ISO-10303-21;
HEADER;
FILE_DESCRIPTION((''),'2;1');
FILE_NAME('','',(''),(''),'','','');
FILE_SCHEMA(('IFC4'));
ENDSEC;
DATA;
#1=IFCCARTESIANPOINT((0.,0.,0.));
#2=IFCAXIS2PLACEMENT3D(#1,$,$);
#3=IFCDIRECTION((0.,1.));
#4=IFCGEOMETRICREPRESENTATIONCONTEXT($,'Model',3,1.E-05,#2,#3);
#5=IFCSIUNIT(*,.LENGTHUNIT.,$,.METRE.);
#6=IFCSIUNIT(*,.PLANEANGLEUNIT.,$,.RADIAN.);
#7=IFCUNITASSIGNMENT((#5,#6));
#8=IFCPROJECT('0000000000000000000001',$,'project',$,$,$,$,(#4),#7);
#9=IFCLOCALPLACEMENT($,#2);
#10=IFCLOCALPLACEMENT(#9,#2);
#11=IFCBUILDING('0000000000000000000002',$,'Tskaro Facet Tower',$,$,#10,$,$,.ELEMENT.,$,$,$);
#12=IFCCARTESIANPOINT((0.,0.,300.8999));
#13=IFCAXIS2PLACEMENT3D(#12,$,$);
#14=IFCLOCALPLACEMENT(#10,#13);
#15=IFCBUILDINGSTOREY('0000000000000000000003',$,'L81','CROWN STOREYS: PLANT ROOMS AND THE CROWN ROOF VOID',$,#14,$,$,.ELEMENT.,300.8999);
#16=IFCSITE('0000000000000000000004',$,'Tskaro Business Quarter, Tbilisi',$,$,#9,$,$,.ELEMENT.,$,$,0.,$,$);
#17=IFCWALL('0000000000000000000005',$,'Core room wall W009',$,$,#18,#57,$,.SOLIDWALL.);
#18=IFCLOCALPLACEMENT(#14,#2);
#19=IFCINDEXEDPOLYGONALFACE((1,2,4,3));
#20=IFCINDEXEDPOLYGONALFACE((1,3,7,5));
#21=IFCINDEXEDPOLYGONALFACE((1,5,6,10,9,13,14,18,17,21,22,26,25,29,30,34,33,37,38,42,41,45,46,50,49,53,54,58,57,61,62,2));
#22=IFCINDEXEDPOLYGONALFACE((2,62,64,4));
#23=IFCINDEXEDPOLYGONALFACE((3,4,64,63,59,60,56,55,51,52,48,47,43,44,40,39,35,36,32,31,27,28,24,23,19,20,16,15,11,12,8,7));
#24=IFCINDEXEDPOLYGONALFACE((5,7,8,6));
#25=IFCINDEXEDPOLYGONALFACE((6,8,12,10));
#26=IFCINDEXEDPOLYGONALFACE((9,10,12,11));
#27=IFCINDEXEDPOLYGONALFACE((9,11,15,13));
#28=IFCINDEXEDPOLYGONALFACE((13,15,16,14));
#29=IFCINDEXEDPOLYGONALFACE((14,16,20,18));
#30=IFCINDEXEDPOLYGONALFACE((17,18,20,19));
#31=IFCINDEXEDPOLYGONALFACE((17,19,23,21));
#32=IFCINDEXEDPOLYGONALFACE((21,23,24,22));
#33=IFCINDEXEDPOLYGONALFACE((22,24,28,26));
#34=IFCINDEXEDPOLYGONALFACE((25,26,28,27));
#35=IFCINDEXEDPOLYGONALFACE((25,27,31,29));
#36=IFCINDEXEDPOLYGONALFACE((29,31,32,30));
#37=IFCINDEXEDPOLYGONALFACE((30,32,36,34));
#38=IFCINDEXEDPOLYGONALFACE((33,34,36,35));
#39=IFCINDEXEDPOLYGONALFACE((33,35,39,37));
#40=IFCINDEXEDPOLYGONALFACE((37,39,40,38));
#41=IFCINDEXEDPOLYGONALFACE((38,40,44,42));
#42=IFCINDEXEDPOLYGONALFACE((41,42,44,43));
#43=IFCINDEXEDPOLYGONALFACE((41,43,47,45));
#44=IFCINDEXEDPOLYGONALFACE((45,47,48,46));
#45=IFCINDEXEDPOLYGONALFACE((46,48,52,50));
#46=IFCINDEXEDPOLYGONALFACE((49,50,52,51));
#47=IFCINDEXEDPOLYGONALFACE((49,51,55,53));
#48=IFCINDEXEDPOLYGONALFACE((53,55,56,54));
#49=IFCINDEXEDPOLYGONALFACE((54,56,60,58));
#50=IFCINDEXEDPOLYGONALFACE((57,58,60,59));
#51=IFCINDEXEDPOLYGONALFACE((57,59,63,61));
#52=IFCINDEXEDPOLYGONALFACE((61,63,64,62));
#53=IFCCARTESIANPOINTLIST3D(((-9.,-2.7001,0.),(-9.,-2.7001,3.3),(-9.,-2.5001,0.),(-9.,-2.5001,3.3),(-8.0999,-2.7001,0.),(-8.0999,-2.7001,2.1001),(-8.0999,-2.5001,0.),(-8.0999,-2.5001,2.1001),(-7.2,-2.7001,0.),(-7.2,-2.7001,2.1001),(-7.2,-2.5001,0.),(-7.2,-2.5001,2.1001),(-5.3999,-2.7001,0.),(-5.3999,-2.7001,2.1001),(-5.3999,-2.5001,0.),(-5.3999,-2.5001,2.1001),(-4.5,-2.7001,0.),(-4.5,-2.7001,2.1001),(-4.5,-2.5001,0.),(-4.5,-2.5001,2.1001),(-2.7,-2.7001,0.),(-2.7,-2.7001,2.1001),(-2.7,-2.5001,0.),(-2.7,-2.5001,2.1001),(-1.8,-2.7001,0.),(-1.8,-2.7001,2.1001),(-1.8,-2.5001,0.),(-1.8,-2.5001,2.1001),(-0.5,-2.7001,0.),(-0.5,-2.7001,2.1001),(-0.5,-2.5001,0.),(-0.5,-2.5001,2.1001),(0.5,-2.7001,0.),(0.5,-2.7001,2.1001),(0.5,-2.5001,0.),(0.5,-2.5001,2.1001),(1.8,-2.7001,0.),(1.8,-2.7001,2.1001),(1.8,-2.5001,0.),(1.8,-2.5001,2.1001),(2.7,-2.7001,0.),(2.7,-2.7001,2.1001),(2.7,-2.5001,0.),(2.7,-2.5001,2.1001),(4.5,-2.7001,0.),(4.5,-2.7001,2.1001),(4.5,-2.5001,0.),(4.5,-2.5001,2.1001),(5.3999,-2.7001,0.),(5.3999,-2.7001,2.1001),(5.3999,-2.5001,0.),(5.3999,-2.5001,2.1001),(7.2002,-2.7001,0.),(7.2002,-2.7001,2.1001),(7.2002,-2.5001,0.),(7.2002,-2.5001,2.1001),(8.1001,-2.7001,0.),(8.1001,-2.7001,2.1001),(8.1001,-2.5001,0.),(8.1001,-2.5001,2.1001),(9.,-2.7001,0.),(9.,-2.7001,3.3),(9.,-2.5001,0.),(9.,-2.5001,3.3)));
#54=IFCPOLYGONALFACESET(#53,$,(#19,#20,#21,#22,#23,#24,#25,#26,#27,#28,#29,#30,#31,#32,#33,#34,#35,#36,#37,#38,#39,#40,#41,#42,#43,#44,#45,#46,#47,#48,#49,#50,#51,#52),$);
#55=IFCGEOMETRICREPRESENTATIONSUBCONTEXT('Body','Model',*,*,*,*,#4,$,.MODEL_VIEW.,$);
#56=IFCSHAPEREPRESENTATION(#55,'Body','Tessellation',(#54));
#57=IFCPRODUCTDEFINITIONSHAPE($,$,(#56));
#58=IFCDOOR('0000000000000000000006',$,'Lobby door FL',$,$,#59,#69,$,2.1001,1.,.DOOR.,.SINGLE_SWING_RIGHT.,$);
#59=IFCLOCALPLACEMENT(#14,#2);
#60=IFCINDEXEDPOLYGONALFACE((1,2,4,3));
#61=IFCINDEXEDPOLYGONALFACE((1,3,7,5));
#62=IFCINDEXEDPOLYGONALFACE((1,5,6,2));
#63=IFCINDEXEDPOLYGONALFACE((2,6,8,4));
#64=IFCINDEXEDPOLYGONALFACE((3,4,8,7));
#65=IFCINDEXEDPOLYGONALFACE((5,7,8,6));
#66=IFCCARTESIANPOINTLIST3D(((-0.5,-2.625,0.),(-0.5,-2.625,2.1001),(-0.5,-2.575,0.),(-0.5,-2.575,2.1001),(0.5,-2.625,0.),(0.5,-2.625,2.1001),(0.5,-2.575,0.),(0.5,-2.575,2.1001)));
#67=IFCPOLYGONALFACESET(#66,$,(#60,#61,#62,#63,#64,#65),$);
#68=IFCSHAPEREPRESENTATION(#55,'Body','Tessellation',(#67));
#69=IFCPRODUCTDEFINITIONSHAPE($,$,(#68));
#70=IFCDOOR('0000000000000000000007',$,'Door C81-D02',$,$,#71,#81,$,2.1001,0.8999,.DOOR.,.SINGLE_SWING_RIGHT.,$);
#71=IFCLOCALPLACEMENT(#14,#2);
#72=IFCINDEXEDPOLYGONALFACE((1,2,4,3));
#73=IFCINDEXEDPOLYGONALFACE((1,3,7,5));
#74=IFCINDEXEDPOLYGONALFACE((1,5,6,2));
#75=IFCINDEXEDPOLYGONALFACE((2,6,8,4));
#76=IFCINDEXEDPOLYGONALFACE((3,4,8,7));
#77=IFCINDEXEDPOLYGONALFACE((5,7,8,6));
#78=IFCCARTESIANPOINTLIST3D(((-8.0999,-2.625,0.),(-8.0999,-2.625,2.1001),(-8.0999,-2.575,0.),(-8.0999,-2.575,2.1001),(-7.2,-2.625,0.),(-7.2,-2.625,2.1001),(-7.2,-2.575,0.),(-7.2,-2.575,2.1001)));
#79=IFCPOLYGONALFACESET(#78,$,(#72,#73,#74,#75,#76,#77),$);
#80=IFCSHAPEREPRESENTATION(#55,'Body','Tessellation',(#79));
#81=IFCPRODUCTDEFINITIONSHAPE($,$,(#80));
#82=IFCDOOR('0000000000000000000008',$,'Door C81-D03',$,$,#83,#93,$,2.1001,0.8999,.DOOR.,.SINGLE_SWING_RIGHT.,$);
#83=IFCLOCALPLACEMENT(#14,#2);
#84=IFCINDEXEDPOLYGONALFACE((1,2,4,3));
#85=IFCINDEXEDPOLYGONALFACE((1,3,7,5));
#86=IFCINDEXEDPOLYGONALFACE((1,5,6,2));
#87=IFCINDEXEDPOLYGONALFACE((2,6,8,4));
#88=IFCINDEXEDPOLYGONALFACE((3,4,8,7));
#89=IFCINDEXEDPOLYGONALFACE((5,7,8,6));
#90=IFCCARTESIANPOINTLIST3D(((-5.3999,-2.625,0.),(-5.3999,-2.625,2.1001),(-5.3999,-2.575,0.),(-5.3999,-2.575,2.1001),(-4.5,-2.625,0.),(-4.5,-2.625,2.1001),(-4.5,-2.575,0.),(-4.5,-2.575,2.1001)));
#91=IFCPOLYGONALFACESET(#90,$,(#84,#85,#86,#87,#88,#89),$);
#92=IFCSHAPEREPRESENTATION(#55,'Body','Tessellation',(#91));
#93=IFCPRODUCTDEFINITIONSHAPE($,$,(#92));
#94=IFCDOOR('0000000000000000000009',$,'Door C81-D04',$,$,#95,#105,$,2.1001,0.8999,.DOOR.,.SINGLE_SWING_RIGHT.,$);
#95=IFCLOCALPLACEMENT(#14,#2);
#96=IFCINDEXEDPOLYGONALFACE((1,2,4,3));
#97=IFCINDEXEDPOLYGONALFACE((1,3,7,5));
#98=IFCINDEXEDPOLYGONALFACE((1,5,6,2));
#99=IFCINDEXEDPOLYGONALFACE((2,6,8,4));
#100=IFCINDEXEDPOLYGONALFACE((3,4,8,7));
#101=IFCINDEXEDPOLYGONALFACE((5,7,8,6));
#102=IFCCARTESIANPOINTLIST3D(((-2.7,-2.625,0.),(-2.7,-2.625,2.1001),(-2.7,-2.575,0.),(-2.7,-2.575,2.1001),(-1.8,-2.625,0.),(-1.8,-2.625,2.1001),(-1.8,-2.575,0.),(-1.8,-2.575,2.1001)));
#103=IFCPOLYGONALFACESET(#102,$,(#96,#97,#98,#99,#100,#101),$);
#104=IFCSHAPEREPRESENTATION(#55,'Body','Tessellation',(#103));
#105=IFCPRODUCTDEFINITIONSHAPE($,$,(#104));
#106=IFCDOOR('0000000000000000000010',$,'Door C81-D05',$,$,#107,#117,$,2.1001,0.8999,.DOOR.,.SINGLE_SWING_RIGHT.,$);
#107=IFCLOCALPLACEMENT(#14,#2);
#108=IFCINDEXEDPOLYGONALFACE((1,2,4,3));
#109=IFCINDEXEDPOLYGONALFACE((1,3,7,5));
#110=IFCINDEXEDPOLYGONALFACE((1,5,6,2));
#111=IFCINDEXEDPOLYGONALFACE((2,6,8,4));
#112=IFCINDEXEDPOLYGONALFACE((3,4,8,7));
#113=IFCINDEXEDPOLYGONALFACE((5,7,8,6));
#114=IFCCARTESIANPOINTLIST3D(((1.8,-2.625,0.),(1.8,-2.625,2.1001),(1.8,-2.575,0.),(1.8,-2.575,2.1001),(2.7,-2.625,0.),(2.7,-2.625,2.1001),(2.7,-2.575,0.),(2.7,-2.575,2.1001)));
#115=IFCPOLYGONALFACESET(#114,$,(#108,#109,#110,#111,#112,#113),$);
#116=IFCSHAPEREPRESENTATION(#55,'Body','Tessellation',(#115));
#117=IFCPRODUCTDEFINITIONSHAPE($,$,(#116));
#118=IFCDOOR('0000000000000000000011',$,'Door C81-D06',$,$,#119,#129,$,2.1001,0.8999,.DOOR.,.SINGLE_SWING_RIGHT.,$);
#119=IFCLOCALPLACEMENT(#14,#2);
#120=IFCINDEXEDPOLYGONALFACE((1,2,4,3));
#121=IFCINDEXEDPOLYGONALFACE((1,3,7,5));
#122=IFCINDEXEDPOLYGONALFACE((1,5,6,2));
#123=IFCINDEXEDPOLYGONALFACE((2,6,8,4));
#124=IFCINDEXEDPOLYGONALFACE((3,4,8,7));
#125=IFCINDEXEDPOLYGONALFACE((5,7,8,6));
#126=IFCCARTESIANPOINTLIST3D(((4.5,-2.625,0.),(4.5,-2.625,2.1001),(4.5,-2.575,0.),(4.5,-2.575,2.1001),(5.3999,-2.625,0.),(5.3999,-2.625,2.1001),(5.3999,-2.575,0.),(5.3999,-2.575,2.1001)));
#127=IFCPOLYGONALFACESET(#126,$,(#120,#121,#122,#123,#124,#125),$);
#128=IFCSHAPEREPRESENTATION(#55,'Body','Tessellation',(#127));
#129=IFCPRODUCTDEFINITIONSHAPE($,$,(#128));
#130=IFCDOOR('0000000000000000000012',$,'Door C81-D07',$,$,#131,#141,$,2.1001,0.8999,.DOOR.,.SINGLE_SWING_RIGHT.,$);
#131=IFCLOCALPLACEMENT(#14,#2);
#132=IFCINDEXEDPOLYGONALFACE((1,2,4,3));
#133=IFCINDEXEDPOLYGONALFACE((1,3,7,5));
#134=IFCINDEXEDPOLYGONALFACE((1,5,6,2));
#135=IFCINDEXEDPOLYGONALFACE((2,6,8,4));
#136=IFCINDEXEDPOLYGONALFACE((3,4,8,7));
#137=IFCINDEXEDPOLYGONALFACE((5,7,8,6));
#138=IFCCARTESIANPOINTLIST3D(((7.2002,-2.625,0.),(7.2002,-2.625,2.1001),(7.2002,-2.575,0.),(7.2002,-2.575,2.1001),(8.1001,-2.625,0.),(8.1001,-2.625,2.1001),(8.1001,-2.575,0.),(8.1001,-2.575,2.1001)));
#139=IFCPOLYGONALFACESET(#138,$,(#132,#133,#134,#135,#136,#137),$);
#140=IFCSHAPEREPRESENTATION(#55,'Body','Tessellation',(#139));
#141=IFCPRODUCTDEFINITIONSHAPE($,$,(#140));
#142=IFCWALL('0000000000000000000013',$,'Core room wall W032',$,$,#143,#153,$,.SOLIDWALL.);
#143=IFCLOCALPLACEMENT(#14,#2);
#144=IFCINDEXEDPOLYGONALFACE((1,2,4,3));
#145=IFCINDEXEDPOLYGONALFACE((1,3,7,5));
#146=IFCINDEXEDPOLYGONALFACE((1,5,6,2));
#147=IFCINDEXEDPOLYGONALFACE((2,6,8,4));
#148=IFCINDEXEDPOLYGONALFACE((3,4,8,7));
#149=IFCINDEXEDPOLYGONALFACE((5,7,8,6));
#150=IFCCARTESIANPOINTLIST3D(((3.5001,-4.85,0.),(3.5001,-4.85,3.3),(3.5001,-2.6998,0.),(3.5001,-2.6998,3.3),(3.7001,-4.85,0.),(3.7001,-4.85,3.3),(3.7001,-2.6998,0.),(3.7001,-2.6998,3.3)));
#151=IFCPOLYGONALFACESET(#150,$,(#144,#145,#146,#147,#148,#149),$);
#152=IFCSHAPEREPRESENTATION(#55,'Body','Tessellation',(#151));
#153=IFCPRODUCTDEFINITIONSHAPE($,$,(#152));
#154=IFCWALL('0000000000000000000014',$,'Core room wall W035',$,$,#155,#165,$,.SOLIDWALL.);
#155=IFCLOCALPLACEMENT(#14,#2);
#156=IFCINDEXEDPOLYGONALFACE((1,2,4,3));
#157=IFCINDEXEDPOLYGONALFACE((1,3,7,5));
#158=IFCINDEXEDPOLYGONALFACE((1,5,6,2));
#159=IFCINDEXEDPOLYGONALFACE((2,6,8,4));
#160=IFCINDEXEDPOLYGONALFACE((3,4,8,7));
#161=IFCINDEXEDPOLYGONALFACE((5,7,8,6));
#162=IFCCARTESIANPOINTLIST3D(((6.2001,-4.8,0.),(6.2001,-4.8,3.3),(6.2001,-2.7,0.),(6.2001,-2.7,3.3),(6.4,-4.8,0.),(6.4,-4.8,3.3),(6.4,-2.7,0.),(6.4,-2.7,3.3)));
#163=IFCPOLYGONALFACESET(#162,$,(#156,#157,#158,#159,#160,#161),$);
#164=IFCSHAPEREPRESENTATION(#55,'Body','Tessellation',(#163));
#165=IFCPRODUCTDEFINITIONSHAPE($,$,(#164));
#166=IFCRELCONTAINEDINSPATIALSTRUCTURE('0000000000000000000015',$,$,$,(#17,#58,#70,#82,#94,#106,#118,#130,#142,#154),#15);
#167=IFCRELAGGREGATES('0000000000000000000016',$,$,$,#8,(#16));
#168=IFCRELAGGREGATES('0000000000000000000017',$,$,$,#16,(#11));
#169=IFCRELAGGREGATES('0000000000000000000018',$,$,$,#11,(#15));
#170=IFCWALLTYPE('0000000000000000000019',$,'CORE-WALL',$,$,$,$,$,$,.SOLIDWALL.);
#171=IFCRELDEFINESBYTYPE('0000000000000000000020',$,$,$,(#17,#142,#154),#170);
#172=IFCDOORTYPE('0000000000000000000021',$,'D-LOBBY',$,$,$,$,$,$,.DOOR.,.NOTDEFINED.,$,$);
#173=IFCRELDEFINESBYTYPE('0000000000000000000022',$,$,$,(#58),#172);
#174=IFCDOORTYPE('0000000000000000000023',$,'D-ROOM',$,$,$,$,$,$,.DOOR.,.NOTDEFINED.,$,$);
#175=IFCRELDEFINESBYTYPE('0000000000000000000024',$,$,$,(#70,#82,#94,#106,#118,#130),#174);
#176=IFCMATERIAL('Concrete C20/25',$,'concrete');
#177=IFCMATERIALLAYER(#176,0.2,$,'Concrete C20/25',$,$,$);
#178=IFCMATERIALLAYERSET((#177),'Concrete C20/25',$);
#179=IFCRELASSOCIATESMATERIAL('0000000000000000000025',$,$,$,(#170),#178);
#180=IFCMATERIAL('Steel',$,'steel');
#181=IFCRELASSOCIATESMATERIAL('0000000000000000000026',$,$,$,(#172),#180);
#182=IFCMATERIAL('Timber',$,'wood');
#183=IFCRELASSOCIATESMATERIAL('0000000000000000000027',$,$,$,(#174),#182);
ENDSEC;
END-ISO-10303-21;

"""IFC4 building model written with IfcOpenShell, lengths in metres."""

from ifc_helpers import new_model, si_unit, direction, frame, frame_2d, origin, place, context, subcontext, project, spatial, rectangle, extrude, material, layer, layer_set, type_object, element, fill, save


model = new_model("IFC4")

# Units and contexts
model_context = context("Model", 3, precision=1e-05, world=origin(), true_north=direction((0.0, 1.0)))
body_context = subcontext(model_context, "Body", "Model", "MODEL_VIEW")
ifc_project = project(units=[si_unit("LENGTHUNIT", "METRE"), si_unit("PLANEANGLEUNIT", "RADIAN")], contexts=[model_context])

# Site, building, storey
site_placement = place(None, origin())
site = spatial("IfcSite", under=ifc_project, at=site_placement, Name="Tskaro Business Quarter, Tbilisi", CompositionType="ELEMENT", RefElevation=0.0)
building_placement = place(site_placement, origin())
building = spatial("IfcBuilding", under=site, at=building_placement, Name="Tskaro Facet Tower", CompositionType="ELEMENT")
storey_placement = place(building_placement, frame((0.0, 0.0, 300.8999)))
storey = spatial("IfcBuildingStorey", under=building, at=storey_placement, Name="L81", Description="CROWN STOREYS: PLANT ROOMS AND THE CROWN ROOF VOID", CompositionType="ELEMENT", Elevation=300.8999)

# Shared definitions
ifc_material_1 = material(Name="Steel", Category="steel")

# Wall, openings, doors
ifc_material_2 = material(Name="Concrete C20/25", Category="concrete")
ifc_layer_1 = layer(ifc_material_2, 0.2, Name="Concrete C20/25")
ifc_layer_set_1 = layer_set([ifc_layer_1], Name="Concrete C20/25")
wall_type_1 = type_object("IfcWallType", Name="CORE-WALL", PredefinedType="SOLIDWALL", material=ifc_layer_set_1)
wall_1_placement = place(storey_placement, frame((9.0, -2.6001, 0.0), z_axis=(0.0, 0.0, 1.0), x_axis=(-1.0, 0.0, 0.0)))
wall_1 = element("IfcWall", 1, at=wall_1_placement, inside=storey, type_object=wall_type_1, Name="Core room wall W009", PredefinedType="SOLIDWALL", context=body_context, shape_type="SweptSolid", body=[
    extrude(rectangle(XDim=18.0, YDim=0.2, at=frame_2d((9.0, 0.0))), origin(), (0.0, 0.0, 1.0), 3.3),
])
opening_1_placement = place(wall_1_placement, frame((8.5, 0.0, 0.0)))
opening_1 = element("IfcOpeningElement", 2, at=opening_1_placement, cuts=wall_1, PredefinedType="OPENING", context=body_context, shape_type="SweptSolid", body=[
    extrude(rectangle(XDim=1.0, YDim=2.1001, at=frame_2d((0.5, 1.05))), frame((0.0, 0.1099, 0.0), z_axis=(0.0, -1.0, 0.0), x_axis=(1.0, 0.0, 0.0)), (0.0, 0.0, 1.0), 0.22),
])
opening_2_placement = place(wall_1_placement, frame((16.2, 0.0, 0.0)))
opening_2 = element("IfcOpeningElement", 3, at=opening_2_placement, cuts=wall_1, PredefinedType="OPENING", context=body_context, shape_type="SweptSolid", body=[
    extrude(rectangle(XDim=0.8999, YDim=2.1001, at=frame_2d((0.45, 1.05))), frame((0.0, 0.1099, 0.0), z_axis=(0.0, -1.0, 0.0), x_axis=(1.0, 0.0, 0.0)), (0.0, 0.0, 1.0), 0.22),
])
opening_3_placement = place(wall_1_placement, frame((13.5, 0.0, 0.0)))
opening_3 = element("IfcOpeningElement", 4, at=opening_3_placement, cuts=wall_1, PredefinedType="OPENING", context=body_context, shape_type="SweptSolid", body=[
    extrude(rectangle(XDim=0.8999, YDim=2.1001, at=frame_2d((0.45, 1.05))), frame((0.0, 0.1099, 0.0), z_axis=(0.0, -1.0, 0.0), x_axis=(1.0, 0.0, 0.0)), (0.0, 0.0, 1.0), 0.22),
])
opening_4_placement = place(wall_1_placement, frame((10.8, 0.0, 0.0)))
opening_4 = element("IfcOpeningElement", 5, at=opening_4_placement, cuts=wall_1, PredefinedType="OPENING", context=body_context, shape_type="SweptSolid", body=[
    extrude(rectangle(XDim=0.8999, YDim=2.1001, at=frame_2d((0.45, 1.05))), frame((0.0, 0.1099, 0.0), z_axis=(0.0, -1.0, 0.0), x_axis=(1.0, 0.0, 0.0)), (0.0, 0.0, 1.0), 0.22),
])
opening_5_placement = place(wall_1_placement, frame((6.3, 0.0, 0.0)))
opening_5 = element("IfcOpeningElement", 6, at=opening_5_placement, cuts=wall_1, PredefinedType="OPENING", context=body_context, shape_type="SweptSolid", body=[
    extrude(rectangle(XDim=0.8999, YDim=2.1001, at=frame_2d((0.45, 1.05))), frame((0.0, 0.1099, 0.0), z_axis=(0.0, -1.0, 0.0), x_axis=(1.0, 0.0, 0.0)), (0.0, 0.0, 1.0), 0.22),
])
opening_6_placement = place(wall_1_placement, frame((3.6001, 0.0, 0.0)))
opening_6 = element("IfcOpeningElement", 7, at=opening_6_placement, cuts=wall_1, PredefinedType="OPENING", context=body_context, shape_type="SweptSolid", body=[
    extrude(rectangle(XDim=0.8999, YDim=2.1001, at=frame_2d((0.45, 1.05))), frame((0.0, 0.1099, 0.0), z_axis=(0.0, -1.0, 0.0), x_axis=(1.0, 0.0, 0.0)), (0.0, 0.0, 1.0), 0.22),
])
opening_7_placement = place(wall_1_placement, frame((0.8999, 0.0, 0.0)))
opening_7 = element("IfcOpeningElement", 8, at=opening_7_placement, cuts=wall_1, PredefinedType="OPENING", context=body_context, shape_type="SweptSolid", body=[
    extrude(rectangle(XDim=0.8999, YDim=2.1001, at=frame_2d((0.45, 1.05))), frame((0.0, 0.1099, 0.0), z_axis=(0.0, -1.0, 0.0), x_axis=(1.0, 0.0, 0.0)), (0.0, 0.0, 1.0), 0.22),
])
door_type_1 = type_object("IfcDoorType", Name="D-LOBBY", OperationType="NOTDEFINED", PredefinedType="DOOR", material=ifc_material_1)
door_1_placement = place(opening_1_placement, origin())
door_1 = element("IfcDoor", 9, at=door_1_placement, inside=storey, type_object=door_type_1, Name="Lobby door FL", OperationType="SINGLE_SWING_RIGHT", OverallHeight=2.1001, OverallWidth=1.0, PredefinedType="DOOR", context=body_context, shape_type="SweptSolid", body=[
    extrude(rectangle(XDim=1.0, YDim=2.1001, at=frame_2d((0.5, 1.05))), frame((0.0, 0.0249, 0.0), z_axis=(0.0, -1.0, 0.0), x_axis=(1.0, 0.0, 0.0)), (0.0, 0.0, 1.0), 0.05),
])
fill(opening_1, door_1)
ifc_material_3 = material(Name="Timber", Category="wood")
door_type_2 = type_object("IfcDoorType", Name="D-ROOM", OperationType="NOTDEFINED", PredefinedType="DOOR", material=ifc_material_3)
door_2_placement = place(opening_2_placement, origin())
door_2 = element("IfcDoor", 10, at=door_2_placement, inside=storey, type_object=door_type_2, Name="Door C81-D02", OperationType="SINGLE_SWING_RIGHT", OverallHeight=2.1001, OverallWidth=0.8999, PredefinedType="DOOR", context=body_context, shape_type="SweptSolid", body=[
    extrude(rectangle(XDim=0.8999, YDim=2.1001, at=frame_2d((0.45, 1.05))), frame((0.0, 0.0249, 0.0), z_axis=(0.0, -1.0, 0.0), x_axis=(1.0, 0.0, 0.0)), (0.0, 0.0, 1.0), 0.05),
])
fill(opening_2, door_2)
door_3_placement = place(opening_3_placement, origin())
door_3 = element("IfcDoor", 11, at=door_3_placement, inside=storey, type_object=door_type_2, Name="Door C81-D03", OperationType="SINGLE_SWING_RIGHT", OverallHeight=2.1001, OverallWidth=0.8999, PredefinedType="DOOR", context=body_context, shape_type="SweptSolid", body=[
    extrude(rectangle(XDim=0.8999, YDim=2.1001, at=frame_2d((0.45, 1.05))), frame((0.0, 0.0249, 0.0), z_axis=(0.0, -1.0, 0.0), x_axis=(1.0, 0.0, 0.0)), (0.0, 0.0, 1.0), 0.05),
])
fill(opening_3, door_3)
door_4_placement = place(opening_4_placement, origin())
door_4 = element("IfcDoor", 12, at=door_4_placement, inside=storey, type_object=door_type_2, Name="Door C81-D04", OperationType="SINGLE_SWING_RIGHT", OverallHeight=2.1001, OverallWidth=0.8999, PredefinedType="DOOR", context=body_context, shape_type="SweptSolid", body=[
    extrude(rectangle(XDim=0.8999, YDim=2.1001, at=frame_2d((0.45, 1.05))), frame((0.0, 0.0249, 0.0), z_axis=(0.0, -1.0, 0.0), x_axis=(1.0, 0.0, 0.0)), (0.0, 0.0, 1.0), 0.05),
])
fill(opening_4, door_4)
door_5_placement = place(opening_5_placement, origin())
door_5 = element("IfcDoor", 13, at=door_5_placement, inside=storey, type_object=door_type_2, Name="Door C81-D05", OperationType="SINGLE_SWING_RIGHT", OverallHeight=2.1001, OverallWidth=0.8999, PredefinedType="DOOR", context=body_context, shape_type="SweptSolid", body=[
    extrude(rectangle(XDim=0.8999, YDim=2.1001, at=frame_2d((0.45, 1.05))), frame((0.0, 0.0249, 0.0), z_axis=(0.0, -1.0, 0.0), x_axis=(1.0, 0.0, 0.0)), (0.0, 0.0, 1.0), 0.05),
])
fill(opening_5, door_5)
door_6_placement = place(opening_6_placement, origin())
door_6 = element("IfcDoor", 14, at=door_6_placement, inside=storey, type_object=door_type_2, Name="Door C81-D06", OperationType="SINGLE_SWING_RIGHT", OverallHeight=2.1001, OverallWidth=0.8999, PredefinedType="DOOR", context=body_context, shape_type="SweptSolid", body=[
    extrude(rectangle(XDim=0.8999, YDim=2.1001, at=frame_2d((0.45, 1.05))), frame((0.0, 0.0249, 0.0), z_axis=(0.0, -1.0, 0.0), x_axis=(1.0, 0.0, 0.0)), (0.0, 0.0, 1.0), 0.05),
])
fill(opening_6, door_6)
door_7_placement = place(opening_7_placement, origin())
door_7 = element("IfcDoor", 15, at=door_7_placement, inside=storey, type_object=door_type_2, Name="Door C81-D07", OperationType="SINGLE_SWING_RIGHT", OverallHeight=2.1001, OverallWidth=0.8999, PredefinedType="DOOR", context=body_context, shape_type="SweptSolid", body=[
    extrude(rectangle(XDim=0.8999, YDim=2.1001, at=frame_2d((0.45, 1.05))), frame((0.0, 0.0249, 0.0), z_axis=(0.0, -1.0, 0.0), x_axis=(1.0, 0.0, 0.0)), (0.0, 0.0, 1.0), 0.05),
])
fill(opening_7, door_7)

# Walls
wall_2_placement = place(storey_placement, frame((3.6001, -4.8501, 0.0), z_axis=(0.0, 0.0, 1.0), x_axis=(0.0, 1.0, 0.0)))
element("IfcWall", 16, at=wall_2_placement, inside=storey, type_object=wall_type_1, Name="Core room wall W032", PredefinedType="SOLIDWALL", context=body_context, shape_type="SweptSolid", body=[
    extrude(rectangle(XDim=2.1501, YDim=0.2, at=frame_2d((1.0752, 0.0))), origin(), (0.0, 0.0, 1.0), 3.3),
])
wall_3_placement = place(storey_placement, frame((6.3, -4.8, 0.0), z_axis=(0.0, 0.0, 1.0), x_axis=(0.0, 1.0, 0.0)))
element("IfcWall", 17, at=wall_3_placement, inside=storey, type_object=wall_type_1, Name="Core room wall W035", PredefinedType="SOLIDWALL", context=body_context, shape_type="SweptSolid", body=[
    extrude(rectangle(XDim=2.1001, YDim=0.2, at=frame_2d((1.05, 0.0))), origin(), (0.0, 0.0, 1.0), 3.3),
])

save(model, "model.ifc")
